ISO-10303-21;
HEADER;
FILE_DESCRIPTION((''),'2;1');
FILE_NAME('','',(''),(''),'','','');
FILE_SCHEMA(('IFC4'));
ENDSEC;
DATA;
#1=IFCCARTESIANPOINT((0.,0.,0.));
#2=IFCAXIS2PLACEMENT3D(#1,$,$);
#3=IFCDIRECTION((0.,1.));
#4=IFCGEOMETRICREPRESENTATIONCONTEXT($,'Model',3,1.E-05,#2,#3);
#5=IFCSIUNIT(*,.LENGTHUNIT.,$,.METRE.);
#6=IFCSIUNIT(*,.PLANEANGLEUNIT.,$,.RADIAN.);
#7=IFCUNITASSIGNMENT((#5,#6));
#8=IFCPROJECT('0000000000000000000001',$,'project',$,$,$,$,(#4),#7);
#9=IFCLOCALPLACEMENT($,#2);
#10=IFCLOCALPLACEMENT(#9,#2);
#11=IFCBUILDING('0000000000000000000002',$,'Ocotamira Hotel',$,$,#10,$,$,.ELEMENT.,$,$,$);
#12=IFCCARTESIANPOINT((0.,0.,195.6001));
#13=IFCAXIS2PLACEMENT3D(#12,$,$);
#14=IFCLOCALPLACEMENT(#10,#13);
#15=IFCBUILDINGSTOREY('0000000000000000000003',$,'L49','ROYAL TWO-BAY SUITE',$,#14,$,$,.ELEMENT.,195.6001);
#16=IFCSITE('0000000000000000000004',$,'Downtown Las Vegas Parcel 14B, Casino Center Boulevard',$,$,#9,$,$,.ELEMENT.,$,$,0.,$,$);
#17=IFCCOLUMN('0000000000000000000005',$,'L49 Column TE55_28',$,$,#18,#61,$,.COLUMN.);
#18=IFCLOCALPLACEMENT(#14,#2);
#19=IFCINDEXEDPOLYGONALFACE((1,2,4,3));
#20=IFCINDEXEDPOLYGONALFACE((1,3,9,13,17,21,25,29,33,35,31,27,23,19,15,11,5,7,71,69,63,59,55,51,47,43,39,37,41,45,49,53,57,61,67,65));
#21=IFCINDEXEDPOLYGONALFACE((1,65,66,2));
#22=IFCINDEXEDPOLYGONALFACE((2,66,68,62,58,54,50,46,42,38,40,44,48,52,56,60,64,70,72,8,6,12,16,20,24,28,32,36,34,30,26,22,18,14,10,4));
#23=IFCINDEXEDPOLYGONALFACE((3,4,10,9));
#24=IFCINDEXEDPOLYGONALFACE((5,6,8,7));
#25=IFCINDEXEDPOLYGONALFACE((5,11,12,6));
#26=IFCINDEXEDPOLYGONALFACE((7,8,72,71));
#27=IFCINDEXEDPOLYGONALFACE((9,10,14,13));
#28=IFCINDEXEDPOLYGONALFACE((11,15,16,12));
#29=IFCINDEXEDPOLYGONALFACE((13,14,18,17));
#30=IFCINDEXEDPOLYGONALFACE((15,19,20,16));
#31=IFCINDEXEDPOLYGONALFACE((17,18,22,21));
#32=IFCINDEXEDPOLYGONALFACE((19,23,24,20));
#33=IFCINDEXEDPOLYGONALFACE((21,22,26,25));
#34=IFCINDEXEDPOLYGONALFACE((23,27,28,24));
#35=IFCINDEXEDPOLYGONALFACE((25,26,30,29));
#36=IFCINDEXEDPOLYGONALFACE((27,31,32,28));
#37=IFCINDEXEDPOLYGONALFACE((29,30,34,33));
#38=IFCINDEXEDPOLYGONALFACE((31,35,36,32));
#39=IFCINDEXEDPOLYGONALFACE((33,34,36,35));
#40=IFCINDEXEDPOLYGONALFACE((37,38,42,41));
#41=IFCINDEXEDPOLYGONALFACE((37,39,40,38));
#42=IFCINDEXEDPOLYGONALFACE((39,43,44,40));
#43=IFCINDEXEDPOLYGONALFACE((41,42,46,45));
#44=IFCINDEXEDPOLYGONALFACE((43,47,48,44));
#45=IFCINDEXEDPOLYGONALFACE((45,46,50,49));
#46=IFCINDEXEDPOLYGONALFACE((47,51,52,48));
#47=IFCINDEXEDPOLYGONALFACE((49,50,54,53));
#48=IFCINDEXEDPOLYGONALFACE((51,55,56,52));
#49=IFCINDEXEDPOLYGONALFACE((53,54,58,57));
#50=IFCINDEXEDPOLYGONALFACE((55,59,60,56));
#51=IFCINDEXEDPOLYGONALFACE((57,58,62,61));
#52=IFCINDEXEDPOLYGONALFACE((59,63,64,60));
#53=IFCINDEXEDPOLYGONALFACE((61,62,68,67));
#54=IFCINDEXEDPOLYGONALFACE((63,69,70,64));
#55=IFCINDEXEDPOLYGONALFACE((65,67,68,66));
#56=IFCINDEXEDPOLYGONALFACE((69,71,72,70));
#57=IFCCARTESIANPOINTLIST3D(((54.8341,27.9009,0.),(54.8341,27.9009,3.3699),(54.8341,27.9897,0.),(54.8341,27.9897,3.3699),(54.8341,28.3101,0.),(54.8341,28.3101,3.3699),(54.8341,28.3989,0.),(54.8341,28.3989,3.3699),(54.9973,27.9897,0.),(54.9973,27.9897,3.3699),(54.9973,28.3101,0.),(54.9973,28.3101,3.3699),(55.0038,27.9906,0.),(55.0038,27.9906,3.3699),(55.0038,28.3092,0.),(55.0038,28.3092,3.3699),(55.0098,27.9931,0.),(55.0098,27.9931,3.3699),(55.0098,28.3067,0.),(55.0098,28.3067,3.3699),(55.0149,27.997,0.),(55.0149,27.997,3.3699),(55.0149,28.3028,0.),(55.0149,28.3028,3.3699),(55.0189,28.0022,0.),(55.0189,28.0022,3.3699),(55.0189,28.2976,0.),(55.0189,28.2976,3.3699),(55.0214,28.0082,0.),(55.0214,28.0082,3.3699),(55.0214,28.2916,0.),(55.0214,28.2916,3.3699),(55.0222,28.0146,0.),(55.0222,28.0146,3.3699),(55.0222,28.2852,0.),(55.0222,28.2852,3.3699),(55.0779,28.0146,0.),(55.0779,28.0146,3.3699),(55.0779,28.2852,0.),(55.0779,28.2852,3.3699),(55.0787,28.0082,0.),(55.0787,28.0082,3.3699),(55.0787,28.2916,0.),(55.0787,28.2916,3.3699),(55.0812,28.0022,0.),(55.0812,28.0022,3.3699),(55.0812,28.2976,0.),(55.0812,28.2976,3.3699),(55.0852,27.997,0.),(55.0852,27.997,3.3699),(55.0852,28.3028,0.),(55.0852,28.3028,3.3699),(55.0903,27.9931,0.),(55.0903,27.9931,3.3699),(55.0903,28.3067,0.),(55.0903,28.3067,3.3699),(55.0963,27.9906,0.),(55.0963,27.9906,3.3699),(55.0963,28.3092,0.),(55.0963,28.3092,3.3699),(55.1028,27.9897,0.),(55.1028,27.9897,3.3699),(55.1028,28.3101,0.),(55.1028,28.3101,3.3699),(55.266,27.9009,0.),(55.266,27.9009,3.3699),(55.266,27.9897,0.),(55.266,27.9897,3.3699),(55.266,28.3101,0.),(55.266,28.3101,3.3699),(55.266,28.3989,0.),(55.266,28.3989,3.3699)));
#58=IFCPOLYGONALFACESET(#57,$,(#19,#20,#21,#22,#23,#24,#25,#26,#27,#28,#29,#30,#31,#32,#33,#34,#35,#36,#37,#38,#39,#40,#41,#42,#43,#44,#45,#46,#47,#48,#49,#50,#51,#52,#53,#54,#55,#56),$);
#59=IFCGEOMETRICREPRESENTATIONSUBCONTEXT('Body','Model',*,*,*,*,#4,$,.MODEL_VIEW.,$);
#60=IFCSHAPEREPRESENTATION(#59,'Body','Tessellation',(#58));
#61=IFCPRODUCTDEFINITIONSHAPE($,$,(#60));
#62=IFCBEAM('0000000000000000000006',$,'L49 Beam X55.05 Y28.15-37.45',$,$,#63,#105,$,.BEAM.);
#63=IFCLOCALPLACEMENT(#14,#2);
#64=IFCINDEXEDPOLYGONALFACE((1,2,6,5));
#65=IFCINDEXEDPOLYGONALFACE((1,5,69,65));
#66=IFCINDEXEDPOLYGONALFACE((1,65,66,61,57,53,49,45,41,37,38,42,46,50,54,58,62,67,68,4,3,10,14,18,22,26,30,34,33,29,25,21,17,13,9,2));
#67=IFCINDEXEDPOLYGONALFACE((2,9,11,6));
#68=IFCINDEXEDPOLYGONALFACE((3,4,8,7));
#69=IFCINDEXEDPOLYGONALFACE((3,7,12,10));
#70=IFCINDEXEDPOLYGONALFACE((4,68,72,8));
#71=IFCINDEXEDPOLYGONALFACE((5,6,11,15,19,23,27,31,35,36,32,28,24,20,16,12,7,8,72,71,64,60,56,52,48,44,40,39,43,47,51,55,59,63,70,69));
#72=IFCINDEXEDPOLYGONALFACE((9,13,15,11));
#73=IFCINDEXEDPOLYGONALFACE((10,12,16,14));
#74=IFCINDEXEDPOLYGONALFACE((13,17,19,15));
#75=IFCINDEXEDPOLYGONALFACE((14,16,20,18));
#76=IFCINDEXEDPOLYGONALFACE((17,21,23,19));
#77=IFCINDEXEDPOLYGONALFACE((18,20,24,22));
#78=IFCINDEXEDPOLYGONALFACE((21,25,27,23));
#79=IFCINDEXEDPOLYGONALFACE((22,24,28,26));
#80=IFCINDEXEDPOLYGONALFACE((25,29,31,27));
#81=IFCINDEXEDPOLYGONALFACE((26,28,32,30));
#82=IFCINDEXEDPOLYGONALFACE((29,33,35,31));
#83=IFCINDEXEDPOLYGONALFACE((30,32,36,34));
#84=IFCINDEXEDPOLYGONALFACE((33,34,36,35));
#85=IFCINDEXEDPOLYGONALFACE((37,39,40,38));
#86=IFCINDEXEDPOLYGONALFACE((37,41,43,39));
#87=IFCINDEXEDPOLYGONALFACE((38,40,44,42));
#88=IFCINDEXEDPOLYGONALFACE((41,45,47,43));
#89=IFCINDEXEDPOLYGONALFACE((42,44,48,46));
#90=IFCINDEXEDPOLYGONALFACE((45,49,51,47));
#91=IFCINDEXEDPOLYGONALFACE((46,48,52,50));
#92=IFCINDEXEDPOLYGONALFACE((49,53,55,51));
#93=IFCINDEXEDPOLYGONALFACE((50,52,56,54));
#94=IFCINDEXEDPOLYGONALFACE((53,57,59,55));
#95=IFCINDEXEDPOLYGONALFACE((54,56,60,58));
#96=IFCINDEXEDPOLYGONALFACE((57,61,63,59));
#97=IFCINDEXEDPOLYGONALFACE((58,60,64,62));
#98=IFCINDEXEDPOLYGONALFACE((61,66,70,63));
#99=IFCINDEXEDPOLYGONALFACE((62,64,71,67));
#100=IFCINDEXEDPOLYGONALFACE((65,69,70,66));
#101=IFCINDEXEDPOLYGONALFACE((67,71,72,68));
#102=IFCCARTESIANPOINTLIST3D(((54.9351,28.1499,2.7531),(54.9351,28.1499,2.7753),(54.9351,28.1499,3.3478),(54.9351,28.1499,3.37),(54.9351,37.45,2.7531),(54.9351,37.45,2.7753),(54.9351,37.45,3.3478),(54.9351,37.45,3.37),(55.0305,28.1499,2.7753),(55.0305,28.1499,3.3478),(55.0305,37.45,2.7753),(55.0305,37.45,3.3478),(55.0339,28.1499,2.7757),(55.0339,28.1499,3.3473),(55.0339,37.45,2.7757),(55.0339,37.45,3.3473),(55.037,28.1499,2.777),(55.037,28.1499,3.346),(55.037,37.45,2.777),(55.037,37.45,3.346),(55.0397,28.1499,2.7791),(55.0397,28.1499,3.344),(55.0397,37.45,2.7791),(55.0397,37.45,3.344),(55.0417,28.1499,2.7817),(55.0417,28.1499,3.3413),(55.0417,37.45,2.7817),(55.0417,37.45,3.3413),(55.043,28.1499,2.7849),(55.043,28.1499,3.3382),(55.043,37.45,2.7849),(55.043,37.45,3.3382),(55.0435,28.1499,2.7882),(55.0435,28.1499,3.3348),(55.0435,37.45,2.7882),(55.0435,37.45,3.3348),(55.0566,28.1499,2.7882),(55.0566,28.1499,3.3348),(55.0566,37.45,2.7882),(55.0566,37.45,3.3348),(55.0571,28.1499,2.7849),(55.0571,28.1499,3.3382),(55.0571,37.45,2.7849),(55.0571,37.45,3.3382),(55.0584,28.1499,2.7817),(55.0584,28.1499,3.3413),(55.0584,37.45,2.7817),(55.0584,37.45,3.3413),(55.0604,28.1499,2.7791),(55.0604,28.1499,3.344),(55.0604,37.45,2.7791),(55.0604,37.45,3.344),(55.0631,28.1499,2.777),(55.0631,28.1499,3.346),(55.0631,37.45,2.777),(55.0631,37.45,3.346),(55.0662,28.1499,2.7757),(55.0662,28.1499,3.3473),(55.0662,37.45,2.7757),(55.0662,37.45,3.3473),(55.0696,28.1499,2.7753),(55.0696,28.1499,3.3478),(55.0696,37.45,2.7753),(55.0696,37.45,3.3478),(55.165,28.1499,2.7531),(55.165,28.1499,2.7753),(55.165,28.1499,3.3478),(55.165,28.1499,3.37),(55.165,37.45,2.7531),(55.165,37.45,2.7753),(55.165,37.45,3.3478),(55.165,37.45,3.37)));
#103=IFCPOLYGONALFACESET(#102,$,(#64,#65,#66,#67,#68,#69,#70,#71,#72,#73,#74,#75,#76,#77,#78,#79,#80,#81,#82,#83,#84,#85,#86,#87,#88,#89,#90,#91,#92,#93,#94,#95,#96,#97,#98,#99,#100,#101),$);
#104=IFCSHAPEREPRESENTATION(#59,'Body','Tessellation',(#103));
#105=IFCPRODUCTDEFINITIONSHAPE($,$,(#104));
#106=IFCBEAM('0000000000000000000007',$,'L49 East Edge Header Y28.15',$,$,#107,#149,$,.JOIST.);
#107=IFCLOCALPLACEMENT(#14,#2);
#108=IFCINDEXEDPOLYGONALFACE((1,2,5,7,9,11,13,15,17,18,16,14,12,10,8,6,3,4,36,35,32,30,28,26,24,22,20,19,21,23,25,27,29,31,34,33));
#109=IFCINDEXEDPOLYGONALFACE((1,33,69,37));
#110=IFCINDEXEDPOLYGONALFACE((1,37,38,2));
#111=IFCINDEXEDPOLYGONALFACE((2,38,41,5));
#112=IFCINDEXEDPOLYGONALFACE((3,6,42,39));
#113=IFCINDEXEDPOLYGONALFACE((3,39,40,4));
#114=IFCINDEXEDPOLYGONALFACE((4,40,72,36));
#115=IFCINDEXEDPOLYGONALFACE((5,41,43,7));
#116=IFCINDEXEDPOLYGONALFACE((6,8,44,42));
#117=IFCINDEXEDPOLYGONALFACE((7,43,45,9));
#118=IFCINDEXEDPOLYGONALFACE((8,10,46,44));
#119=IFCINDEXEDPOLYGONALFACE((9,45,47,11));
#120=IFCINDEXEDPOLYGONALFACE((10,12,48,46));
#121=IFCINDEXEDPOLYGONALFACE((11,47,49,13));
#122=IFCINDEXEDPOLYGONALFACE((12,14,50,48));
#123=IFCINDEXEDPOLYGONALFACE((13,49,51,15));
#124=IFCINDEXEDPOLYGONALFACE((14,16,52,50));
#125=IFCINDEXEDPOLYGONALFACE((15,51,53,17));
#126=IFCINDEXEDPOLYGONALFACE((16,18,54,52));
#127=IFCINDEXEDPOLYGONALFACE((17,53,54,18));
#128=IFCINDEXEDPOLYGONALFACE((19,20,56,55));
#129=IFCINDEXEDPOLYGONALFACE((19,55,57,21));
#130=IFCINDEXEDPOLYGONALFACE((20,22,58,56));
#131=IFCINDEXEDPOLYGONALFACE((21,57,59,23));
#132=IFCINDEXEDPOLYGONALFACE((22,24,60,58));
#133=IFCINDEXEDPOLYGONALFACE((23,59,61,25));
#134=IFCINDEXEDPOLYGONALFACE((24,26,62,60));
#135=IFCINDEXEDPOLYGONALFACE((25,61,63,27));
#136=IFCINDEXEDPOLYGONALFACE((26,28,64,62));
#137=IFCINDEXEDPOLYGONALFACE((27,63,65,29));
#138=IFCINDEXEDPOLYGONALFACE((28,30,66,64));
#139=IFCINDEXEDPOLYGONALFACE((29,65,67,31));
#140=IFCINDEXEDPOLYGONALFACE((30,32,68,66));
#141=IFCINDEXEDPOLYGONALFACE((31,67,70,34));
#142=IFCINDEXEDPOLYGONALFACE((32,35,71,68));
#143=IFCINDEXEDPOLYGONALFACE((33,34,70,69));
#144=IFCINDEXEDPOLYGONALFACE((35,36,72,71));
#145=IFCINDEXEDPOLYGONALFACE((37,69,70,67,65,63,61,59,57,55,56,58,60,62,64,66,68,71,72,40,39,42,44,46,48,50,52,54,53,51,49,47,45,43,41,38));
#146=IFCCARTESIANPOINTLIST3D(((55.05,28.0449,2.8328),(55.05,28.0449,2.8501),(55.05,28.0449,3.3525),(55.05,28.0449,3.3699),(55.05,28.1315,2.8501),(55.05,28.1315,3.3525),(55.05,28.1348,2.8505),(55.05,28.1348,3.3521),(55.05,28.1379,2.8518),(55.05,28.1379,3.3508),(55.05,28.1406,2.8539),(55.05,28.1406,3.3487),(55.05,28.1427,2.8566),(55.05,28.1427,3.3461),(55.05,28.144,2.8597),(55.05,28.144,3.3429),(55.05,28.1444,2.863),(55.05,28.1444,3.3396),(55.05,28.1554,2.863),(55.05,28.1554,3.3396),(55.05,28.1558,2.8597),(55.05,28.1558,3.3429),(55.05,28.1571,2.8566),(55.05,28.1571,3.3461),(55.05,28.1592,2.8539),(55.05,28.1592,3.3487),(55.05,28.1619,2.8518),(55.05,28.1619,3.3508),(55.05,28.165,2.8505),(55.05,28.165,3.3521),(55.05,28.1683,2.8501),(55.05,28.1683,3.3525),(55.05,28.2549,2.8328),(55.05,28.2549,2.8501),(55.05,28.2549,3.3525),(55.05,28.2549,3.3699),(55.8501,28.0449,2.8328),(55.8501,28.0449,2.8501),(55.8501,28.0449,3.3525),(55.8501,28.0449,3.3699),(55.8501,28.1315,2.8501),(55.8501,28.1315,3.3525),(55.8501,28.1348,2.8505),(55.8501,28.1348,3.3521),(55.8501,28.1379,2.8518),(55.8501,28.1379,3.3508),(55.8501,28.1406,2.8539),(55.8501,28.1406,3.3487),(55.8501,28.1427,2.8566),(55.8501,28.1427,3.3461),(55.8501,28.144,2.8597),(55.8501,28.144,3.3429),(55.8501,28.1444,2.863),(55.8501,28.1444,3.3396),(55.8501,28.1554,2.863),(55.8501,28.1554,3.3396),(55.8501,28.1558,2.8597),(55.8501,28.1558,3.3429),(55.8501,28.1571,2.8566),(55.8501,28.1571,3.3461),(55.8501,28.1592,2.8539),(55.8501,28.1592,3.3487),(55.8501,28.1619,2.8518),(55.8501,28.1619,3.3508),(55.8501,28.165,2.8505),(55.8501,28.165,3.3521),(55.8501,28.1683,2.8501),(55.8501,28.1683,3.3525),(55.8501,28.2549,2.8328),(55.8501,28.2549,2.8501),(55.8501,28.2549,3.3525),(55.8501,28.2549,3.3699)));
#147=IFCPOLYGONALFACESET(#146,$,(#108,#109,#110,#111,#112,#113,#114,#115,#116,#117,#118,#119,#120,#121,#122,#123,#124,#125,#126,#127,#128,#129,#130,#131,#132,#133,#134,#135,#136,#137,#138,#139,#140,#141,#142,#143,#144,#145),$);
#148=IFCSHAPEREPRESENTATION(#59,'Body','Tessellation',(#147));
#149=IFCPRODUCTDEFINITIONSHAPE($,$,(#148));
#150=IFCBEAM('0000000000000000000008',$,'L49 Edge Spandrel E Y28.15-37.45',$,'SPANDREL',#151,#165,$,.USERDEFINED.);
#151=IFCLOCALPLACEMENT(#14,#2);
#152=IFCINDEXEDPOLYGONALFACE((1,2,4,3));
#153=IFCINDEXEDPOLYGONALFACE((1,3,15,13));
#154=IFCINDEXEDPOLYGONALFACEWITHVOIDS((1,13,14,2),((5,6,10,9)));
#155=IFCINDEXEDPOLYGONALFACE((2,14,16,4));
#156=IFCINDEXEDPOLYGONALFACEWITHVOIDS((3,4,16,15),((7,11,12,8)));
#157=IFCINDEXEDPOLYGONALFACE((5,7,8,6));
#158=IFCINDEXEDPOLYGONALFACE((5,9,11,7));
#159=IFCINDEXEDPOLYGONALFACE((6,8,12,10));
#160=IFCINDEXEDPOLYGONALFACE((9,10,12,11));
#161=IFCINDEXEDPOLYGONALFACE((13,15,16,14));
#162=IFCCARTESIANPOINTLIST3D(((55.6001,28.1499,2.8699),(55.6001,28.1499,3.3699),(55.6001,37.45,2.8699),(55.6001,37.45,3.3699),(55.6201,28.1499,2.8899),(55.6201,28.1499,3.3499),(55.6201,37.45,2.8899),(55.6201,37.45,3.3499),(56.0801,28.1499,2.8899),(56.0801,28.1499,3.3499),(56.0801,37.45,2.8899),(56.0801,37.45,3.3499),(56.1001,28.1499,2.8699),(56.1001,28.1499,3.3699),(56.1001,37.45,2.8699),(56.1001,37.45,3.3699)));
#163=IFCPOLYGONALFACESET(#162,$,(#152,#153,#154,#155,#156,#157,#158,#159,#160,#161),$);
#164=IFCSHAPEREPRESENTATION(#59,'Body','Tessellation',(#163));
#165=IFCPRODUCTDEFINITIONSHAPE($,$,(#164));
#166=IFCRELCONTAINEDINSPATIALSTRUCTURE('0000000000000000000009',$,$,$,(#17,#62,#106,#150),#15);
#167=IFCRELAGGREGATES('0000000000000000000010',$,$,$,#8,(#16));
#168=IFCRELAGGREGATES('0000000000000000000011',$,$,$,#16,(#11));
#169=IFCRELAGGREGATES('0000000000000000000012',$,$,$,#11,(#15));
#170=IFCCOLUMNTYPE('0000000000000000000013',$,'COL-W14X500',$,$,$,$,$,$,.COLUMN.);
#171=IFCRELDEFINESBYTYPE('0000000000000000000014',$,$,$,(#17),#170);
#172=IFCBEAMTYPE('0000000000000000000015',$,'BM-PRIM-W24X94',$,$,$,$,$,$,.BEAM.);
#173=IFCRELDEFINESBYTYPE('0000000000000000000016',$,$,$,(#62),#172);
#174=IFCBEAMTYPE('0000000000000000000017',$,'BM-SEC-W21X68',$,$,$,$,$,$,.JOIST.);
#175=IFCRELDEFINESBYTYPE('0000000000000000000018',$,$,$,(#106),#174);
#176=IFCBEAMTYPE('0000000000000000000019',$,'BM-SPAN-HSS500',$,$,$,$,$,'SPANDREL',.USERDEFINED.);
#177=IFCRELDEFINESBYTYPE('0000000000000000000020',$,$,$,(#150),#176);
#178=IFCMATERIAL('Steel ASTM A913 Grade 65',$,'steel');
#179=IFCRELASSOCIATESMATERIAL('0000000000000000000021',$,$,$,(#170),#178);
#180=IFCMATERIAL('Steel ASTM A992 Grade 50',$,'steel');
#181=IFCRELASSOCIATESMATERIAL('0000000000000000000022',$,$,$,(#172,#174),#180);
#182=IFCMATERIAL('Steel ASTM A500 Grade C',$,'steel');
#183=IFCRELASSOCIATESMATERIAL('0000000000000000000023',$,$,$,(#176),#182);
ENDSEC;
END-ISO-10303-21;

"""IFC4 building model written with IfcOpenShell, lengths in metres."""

from ifc_helpers import new_model, si_unit, direction, frame, origin, origin_2d, place, context, subcontext, project, spatial, hollow_rectangle, i_section, extrude, source, transform, mapped, material, material_profile, profile_set, type_object, element, save


model = new_model("IFC4")

# Units and contexts
model_context = context("Model", 3, precision=1e-05, world=origin(), true_north=direction((0.0, 1.0)))
body_context = subcontext(model_context, "Body", "Model", "MODEL_VIEW")
ifc_project = project(units=[si_unit("LENGTHUNIT", "METRE"), si_unit("PLANEANGLEUNIT", "RADIAN")], contexts=[model_context])

# Site, building, storey
site_placement = place(None, origin())
site = spatial("IfcSite", under=ifc_project, at=site_placement, Name="Downtown Las Vegas Parcel 14B, Casino Center Boulevard", CompositionType="ELEMENT", RefElevation=0.0)
building_placement = place(site_placement, origin())
building = spatial("IfcBuilding", under=site, at=building_placement, Name="Ocotamira Hotel", CompositionType="ELEMENT")
storey_placement = place(building_placement, frame((0.0, 0.0, 195.6001)))
storey = spatial("IfcBuildingStorey", under=building, at=storey_placement, Name="L49", Description="ROYAL TWO-BAY SUITE", CompositionType="ELEMENT", Elevation=195.6001)

# Column
ifc_material_1 = material(Name="Steel ASTM A913 Grade 65", Category="steel")
ifc_material_profile_1 = material_profile(ifc_material_1, i_section(OverallWidth=0.4319, OverallDepth=0.498, WebThickness=0.0557, FlangeThickness=0.0889, FilletRadius=0.0249, at=origin_2d()), Name="W14X500")
ifc_profile_set_1 = profile_set([ifc_material_profile_1], Name="Steel ASTM A913 Grade 65")
column_type = type_object("IfcColumnType", Name="COL-W14X500", PredefinedType="COLUMN", material=ifc_profile_set_1)
shared_shape_1 = source(origin(), body_context, "Body", "SweptSolid", [
    extrude(i_section(OverallWidth=0.4319, OverallDepth=0.498, WebThickness=0.0557, FlangeThickness=0.0889, FilletRadius=0.0249, at=origin_2d()), origin(), (0.0, 0.0, 1.0), 3.3699),
])
column_placement = place(storey_placement, frame((55.05, 28.1499, 0.0), z_axis=(0.0, 0.0, 1.0), x_axis=(1.0, 0.0, 0.0)))
element("IfcColumn", 1, at=column_placement, inside=storey, type_object=column_type, Name="L49 Column TE55_28", PredefinedType="COLUMN", context=body_context, shape_type="MappedRepresentation", body=[
    mapped(shared_shape_1, transform((0.0, 0.0, 0.0), scale=1.0)),
])

# Beams
ifc_material_2 = material(Name="Steel ASTM A992 Grade 50", Category="steel")
ifc_material_profile_2 = material_profile(ifc_material_2, i_section(OverallWidth=0.23, OverallDepth=0.6169, WebThickness=0.0132, FlangeThickness=0.0222, FilletRadius=0.0129, at=origin_2d()), Name="W24X94")
ifc_profile_set_2 = profile_set([ifc_material_profile_2], Name="Steel ASTM A992 Grade 50")
beam_type_1 = type_object("IfcBeamType", Name="BM-PRIM-W24X94", PredefinedType="BEAM", material=ifc_profile_set_2)
shared_shape_2 = source(origin(), body_context, "Body", "SweptSolid", [
    extrude(i_section(OverallWidth=0.23, OverallDepth=0.6169, WebThickness=0.0132, FlangeThickness=0.0222, FilletRadius=0.0129, at=origin_2d()), origin(), (0.0, 0.0, 1.0), 9.3),
])
beam_1_placement = place(storey_placement, frame((55.05, 28.1499, 3.0615), z_axis=(0.0, 1.0, 0.0), x_axis=(-1.0, 0.0, 0.0)))
element("IfcBeam", 2, at=beam_1_placement, inside=storey, type_object=beam_type_1, Name="L49 Beam X55.05 Y28.15-37.45", PredefinedType="BEAM", context=body_context, shape_type="MappedRepresentation", body=[
    mapped(shared_shape_2, transform((0.0, 0.0, 0.0), scale=1.0)),
])
ifc_material_profile_3 = material_profile(ifc_material_2, i_section(OverallWidth=0.21, OverallDepth=0.5371, WebThickness=0.011, FlangeThickness=0.0173, FilletRadius=0.0129, at=origin_2d()), Name="W21X68")
ifc_profile_set_3 = profile_set([ifc_material_profile_3], Name="Steel ASTM A992 Grade 50")
beam_type_2 = type_object("IfcBeamType", Name="BM-SEC-W21X68", PredefinedType="JOIST", material=ifc_profile_set_3)
shared_shape_3 = source(origin(), body_context, "Body", "SweptSolid", [
    extrude(i_section(OverallWidth=0.21, OverallDepth=0.5371, WebThickness=0.011, FlangeThickness=0.0173, FilletRadius=0.0129, at=origin_2d()), origin(), (0.0, 0.0, 1.0), 0.8),
])
beam_2_placement = place(storey_placement, frame((55.05, 28.1499, 3.1013), z_axis=(1.0, 0.0, 0.0), x_axis=(0.0, 1.0, 0.0)))
element("IfcBeam", 3, at=beam_2_placement, inside=storey, type_object=beam_type_2, Name="L49 East Edge Header Y28.15", PredefinedType="JOIST", context=body_context, shape_type="MappedRepresentation", body=[
    mapped(shared_shape_3, transform((0.0, 0.0, 0.0), scale=1.0)),
])
ifc_material_3 = material(Name="Steel ASTM A500 Grade C", Category="steel")
ifc_material_profile_4 = material_profile(ifc_material_3, hollow_rectangle(XDim=0.5, YDim=0.5, WallThickness=0.02, at=origin_2d()), Name="HSS500X500X20")
ifc_profile_set_4 = profile_set([ifc_material_profile_4], Name="Steel ASTM A500 Grade C")
beam_type_3 = type_object("IfcBeamType", Name="BM-SPAN-HSS500", ElementType="SPANDREL", PredefinedType="USERDEFINED", material=ifc_profile_set_4)
shared_shape_4 = source(origin(), body_context, "Body", "SweptSolid", [
    extrude(hollow_rectangle(XDim=0.5, YDim=0.5, WallThickness=0.02, at=origin_2d()), origin(), (0.0, 0.0, 1.0), 9.3),
])
beam_3_placement = place(storey_placement, frame((55.8501, 28.1499, 3.1199), z_axis=(0.0, 1.0, 0.0), x_axis=(-1.0, 0.0, 0.0)))
element("IfcBeam", 4, at=beam_3_placement, inside=storey, type_object=beam_type_3, Name="L49 Edge Spandrel E Y28.15-37.45", ObjectType="SPANDREL", PredefinedType="USERDEFINED", context=body_context, shape_type="MappedRepresentation", body=[
    mapped(shared_shape_4, transform((0.0, 0.0, 0.0), scale=1.0)),
])

save(model, "model.ifc")
